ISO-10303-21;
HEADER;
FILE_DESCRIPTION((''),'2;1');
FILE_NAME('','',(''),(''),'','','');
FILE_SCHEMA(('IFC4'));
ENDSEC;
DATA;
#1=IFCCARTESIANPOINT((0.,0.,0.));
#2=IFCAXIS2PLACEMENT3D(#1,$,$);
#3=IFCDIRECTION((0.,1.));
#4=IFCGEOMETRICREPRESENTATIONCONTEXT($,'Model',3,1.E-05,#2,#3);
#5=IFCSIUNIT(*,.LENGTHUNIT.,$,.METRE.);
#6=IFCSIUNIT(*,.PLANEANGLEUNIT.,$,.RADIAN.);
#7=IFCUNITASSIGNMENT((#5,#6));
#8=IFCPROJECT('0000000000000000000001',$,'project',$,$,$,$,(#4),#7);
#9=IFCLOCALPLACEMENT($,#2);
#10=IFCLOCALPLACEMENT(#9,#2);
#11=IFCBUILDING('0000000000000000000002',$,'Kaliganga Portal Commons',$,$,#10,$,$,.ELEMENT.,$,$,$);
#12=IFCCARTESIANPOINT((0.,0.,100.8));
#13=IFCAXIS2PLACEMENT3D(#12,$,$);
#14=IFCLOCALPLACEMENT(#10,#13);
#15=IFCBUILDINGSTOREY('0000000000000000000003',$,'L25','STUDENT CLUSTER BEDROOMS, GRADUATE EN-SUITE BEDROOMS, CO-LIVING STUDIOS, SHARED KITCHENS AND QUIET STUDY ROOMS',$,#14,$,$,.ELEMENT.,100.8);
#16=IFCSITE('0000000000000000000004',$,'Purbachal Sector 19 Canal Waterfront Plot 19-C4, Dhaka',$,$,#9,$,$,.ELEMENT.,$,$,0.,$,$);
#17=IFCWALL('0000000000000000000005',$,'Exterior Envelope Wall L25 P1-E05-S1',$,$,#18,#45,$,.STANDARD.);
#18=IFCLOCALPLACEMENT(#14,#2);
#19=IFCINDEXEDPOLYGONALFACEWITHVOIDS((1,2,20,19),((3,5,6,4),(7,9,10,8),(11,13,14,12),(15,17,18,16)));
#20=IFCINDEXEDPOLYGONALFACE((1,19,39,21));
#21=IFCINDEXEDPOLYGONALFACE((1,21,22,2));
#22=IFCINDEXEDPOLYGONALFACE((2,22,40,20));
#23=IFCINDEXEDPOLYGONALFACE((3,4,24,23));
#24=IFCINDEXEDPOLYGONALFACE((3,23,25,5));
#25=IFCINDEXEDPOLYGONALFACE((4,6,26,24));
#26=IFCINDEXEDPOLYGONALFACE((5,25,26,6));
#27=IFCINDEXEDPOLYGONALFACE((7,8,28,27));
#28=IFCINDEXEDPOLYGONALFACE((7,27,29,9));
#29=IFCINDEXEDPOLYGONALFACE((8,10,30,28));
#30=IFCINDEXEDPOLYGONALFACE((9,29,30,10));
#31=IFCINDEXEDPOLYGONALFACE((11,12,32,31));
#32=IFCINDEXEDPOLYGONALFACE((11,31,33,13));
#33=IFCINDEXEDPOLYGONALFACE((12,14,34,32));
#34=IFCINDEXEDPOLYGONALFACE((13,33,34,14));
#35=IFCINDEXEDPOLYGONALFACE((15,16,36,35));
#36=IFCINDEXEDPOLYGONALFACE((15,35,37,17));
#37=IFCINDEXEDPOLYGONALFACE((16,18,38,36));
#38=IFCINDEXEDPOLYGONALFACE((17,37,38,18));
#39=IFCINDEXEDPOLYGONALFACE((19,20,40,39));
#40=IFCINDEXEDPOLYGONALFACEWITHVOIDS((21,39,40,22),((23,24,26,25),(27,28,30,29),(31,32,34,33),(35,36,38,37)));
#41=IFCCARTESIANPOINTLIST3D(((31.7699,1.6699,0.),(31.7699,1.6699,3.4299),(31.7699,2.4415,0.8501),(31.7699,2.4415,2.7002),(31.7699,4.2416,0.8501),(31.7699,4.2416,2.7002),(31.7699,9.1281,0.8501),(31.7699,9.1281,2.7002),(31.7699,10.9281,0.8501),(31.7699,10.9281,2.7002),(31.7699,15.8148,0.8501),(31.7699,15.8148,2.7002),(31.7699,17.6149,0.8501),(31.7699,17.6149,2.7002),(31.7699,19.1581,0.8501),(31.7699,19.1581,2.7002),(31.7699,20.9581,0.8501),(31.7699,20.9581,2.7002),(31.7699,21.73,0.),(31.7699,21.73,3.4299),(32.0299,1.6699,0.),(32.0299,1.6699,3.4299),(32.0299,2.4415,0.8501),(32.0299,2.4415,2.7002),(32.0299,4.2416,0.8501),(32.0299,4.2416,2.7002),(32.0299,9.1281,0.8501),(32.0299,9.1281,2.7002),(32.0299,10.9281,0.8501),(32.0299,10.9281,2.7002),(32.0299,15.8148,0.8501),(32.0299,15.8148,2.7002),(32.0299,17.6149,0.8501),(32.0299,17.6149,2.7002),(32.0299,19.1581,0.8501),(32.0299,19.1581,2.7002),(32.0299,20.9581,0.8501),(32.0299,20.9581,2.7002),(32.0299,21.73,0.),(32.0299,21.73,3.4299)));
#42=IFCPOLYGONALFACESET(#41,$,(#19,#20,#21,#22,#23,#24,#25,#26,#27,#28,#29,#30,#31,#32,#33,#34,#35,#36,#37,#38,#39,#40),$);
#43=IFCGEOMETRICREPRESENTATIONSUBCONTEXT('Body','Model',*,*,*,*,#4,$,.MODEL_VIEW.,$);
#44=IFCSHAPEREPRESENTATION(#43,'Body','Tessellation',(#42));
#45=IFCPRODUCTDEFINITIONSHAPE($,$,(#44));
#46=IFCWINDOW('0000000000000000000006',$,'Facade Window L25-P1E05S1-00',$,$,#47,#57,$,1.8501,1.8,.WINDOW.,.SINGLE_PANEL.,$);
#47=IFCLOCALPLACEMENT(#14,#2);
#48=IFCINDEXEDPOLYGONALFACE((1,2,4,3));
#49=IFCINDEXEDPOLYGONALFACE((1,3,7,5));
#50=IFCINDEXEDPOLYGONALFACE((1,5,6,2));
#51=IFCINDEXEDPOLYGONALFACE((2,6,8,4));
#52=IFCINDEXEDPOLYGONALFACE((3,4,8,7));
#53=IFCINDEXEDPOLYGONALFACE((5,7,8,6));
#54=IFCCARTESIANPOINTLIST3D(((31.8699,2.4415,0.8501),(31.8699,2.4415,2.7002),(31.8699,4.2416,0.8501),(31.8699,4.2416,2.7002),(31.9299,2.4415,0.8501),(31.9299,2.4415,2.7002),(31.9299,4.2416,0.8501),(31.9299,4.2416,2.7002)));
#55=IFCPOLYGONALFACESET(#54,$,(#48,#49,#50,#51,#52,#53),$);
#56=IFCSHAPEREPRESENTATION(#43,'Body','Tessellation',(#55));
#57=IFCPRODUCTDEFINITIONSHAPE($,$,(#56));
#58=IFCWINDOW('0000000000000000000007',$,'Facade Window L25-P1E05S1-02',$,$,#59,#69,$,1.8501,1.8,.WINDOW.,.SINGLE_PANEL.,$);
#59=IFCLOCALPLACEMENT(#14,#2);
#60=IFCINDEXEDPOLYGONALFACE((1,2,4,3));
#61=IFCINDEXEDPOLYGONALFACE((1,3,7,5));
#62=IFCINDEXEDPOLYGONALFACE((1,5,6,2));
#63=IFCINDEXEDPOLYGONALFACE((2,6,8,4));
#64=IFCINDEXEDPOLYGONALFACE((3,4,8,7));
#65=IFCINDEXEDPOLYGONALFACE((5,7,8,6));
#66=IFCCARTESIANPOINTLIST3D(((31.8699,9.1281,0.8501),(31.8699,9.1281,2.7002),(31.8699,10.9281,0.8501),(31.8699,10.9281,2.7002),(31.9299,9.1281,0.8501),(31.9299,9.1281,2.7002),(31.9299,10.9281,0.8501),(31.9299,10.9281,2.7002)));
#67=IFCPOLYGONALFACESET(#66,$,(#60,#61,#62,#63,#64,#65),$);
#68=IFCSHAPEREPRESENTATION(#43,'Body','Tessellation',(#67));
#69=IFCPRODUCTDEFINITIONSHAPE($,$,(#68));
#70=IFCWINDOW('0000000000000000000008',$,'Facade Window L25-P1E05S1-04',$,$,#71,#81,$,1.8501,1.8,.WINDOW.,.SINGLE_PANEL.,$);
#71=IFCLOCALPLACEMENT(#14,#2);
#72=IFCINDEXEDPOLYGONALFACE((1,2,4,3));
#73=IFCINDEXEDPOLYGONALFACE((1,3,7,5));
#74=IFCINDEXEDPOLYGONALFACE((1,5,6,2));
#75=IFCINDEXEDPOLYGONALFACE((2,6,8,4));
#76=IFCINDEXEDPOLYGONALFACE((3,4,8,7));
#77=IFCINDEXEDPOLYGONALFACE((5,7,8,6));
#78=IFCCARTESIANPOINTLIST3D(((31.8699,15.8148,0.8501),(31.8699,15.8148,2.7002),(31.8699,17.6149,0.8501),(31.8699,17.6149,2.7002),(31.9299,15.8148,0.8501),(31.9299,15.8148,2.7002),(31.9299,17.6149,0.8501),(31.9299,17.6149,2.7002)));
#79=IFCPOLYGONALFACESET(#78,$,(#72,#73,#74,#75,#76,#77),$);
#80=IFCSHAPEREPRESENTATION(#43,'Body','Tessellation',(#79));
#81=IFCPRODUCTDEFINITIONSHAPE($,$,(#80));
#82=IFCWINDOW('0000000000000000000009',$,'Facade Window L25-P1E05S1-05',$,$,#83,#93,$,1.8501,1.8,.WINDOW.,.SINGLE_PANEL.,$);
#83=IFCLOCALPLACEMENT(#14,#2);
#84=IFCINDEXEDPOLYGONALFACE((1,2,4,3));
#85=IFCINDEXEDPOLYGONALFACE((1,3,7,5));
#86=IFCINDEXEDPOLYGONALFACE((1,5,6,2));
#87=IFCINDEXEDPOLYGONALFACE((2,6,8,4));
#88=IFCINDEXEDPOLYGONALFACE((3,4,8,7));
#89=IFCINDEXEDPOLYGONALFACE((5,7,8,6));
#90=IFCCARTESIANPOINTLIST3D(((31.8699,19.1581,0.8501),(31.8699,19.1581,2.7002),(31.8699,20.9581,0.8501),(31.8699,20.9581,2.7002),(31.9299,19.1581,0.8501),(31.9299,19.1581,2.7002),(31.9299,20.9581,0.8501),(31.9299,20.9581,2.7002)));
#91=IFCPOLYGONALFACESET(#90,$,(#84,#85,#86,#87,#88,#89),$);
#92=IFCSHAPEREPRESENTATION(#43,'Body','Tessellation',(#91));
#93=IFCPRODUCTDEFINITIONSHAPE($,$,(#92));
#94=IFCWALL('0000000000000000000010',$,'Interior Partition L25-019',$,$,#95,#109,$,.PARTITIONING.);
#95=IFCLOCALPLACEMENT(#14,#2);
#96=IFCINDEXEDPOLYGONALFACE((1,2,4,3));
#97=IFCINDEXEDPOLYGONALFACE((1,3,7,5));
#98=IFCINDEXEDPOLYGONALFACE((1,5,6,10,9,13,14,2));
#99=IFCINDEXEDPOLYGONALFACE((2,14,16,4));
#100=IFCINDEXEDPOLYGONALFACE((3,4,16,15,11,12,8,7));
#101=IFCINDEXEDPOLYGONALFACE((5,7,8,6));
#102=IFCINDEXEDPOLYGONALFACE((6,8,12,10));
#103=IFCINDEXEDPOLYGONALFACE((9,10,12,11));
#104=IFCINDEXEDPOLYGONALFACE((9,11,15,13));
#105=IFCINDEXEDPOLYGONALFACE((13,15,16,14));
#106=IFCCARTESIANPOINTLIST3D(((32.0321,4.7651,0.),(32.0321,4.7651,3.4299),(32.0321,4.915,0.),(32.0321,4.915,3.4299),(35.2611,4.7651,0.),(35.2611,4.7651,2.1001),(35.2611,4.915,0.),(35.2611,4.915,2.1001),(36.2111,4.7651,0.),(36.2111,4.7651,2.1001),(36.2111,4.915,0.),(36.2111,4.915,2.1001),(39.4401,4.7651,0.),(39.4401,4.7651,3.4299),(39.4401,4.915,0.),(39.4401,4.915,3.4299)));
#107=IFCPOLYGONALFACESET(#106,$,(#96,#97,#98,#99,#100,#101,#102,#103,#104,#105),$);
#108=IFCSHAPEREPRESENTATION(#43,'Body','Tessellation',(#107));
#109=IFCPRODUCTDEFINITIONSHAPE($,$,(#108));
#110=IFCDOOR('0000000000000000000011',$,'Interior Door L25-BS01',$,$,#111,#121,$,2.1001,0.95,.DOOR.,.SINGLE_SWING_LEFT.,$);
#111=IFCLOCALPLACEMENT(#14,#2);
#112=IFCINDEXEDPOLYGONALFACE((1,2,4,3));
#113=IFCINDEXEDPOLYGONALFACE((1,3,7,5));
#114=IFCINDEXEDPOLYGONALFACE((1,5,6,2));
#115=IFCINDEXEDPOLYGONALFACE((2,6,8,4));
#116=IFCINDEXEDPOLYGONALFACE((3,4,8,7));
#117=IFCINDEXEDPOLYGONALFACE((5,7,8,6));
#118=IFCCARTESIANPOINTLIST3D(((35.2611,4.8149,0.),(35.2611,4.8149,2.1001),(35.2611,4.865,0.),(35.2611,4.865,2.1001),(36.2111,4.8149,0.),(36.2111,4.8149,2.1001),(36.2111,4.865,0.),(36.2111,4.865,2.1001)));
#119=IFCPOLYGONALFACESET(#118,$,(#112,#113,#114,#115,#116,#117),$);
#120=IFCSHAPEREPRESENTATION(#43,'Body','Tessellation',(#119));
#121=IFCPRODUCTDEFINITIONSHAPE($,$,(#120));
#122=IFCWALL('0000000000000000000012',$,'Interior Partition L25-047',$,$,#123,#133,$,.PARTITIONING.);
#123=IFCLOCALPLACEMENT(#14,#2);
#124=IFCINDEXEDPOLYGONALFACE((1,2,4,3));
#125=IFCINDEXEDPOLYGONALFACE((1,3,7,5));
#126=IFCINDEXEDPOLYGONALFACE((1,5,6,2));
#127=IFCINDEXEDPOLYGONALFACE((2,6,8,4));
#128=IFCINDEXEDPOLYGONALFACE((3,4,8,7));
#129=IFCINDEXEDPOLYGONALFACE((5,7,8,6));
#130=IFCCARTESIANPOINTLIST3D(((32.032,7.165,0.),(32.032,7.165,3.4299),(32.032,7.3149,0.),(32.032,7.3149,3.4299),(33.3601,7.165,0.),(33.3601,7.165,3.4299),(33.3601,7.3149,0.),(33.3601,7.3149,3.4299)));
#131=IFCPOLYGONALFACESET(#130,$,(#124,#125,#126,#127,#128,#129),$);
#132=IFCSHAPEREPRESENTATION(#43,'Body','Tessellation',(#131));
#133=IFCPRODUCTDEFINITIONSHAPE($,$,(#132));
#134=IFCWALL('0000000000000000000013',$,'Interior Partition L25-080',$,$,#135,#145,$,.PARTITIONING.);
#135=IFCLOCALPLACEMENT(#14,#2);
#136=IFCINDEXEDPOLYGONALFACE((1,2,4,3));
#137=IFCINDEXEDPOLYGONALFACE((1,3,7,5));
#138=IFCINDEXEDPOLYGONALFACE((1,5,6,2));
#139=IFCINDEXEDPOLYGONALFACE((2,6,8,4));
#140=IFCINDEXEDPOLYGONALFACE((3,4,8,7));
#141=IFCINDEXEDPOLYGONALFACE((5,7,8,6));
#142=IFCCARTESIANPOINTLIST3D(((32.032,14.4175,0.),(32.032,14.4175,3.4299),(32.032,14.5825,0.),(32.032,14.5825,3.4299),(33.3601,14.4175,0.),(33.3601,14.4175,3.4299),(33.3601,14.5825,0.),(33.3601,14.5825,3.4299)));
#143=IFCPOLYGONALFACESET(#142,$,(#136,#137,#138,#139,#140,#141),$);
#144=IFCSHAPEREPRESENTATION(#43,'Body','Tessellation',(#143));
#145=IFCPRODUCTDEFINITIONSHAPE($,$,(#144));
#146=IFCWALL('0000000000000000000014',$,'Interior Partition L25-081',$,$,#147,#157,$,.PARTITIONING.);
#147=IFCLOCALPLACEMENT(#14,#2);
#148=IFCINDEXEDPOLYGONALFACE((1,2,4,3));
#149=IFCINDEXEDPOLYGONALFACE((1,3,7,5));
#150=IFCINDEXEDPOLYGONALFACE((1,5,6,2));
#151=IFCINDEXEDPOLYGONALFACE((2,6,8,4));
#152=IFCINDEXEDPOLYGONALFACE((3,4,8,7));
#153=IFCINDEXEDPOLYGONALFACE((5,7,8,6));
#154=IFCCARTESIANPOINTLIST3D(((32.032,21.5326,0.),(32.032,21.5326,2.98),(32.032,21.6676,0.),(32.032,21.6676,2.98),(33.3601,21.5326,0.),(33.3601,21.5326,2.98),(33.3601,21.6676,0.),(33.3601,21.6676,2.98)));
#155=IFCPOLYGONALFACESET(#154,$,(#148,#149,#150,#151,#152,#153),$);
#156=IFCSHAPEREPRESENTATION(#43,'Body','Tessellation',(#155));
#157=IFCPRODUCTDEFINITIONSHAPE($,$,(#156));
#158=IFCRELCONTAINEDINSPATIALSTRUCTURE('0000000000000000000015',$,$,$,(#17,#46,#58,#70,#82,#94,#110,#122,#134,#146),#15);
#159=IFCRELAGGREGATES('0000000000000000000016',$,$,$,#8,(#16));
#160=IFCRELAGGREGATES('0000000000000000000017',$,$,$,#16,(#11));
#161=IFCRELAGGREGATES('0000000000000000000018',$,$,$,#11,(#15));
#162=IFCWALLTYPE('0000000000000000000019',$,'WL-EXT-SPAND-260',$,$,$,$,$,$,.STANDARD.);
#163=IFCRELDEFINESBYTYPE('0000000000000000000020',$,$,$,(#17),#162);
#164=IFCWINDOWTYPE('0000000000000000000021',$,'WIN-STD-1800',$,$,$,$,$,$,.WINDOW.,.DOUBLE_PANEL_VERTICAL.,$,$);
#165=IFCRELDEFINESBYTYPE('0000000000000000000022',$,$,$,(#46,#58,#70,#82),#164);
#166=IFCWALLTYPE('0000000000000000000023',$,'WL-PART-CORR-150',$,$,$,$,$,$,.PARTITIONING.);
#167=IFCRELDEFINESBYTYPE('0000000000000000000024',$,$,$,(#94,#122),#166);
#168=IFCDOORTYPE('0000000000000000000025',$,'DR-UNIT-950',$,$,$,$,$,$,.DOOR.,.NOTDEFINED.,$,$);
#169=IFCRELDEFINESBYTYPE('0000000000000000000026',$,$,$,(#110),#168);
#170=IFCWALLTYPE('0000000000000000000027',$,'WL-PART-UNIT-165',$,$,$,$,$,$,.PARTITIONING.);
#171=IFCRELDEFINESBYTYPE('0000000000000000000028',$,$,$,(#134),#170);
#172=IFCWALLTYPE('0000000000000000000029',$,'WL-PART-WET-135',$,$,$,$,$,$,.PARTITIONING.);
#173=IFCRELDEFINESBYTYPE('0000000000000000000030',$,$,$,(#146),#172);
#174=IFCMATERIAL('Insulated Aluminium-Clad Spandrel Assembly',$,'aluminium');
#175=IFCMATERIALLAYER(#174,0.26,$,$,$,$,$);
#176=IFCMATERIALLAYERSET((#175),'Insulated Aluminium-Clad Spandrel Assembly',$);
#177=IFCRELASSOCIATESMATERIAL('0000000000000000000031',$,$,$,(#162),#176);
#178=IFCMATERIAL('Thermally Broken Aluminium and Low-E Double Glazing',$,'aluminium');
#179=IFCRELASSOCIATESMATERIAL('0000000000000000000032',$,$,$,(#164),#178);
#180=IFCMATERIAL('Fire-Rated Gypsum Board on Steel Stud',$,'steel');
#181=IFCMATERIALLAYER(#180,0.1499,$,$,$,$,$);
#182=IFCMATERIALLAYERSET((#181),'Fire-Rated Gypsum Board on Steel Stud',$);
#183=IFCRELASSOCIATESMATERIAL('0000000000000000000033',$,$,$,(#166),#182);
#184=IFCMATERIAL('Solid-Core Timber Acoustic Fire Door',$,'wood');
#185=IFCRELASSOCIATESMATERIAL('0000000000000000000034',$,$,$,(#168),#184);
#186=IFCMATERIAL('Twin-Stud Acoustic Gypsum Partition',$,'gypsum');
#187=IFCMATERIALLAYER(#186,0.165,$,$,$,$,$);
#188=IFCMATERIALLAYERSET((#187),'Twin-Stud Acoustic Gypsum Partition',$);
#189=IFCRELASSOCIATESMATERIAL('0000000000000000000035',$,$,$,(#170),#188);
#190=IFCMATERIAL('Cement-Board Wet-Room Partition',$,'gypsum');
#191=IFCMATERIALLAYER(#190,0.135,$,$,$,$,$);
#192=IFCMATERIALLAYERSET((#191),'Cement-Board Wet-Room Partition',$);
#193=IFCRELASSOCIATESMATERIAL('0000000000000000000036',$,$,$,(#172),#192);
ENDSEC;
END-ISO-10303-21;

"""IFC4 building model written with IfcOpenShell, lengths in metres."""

from ifc_helpers import new_model, si_unit, direction, frame, frame_2d, origin, place, context, subcontext, project, spatial, rectangle, extrude, material, layer, layer_set, type_object, element, fill, save


model = new_model("IFC4")

# Units and contexts
model_context = context("Model", 3, precision=1e-05, world=origin(), true_north=direction((0.0, 1.0)))
body_context = subcontext(model_context, "Body", "Model", "MODEL_VIEW")
ifc_project = project(units=[si_unit("LENGTHUNIT", "METRE"), si_unit("PLANEANGLEUNIT", "RADIAN")], contexts=[model_context])

# Site, building, storey
site_placement = place(None, origin())
site = spatial("IfcSite", under=ifc_project, at=site_placement, Name="Purbachal Sector 19 Canal Waterfront Plot 19-C4, Dhaka", CompositionType="ELEMENT", RefElevation=0.0)
building_placement = place(site_placement, origin())
building = spatial("IfcBuilding", under=site, at=building_placement, Name="Kaliganga Portal Commons", CompositionType="ELEMENT")
storey_placement = place(building_placement, frame((0.0, 0.0, 100.8)))
storey = spatial("IfcBuildingStorey", under=building, at=storey_placement, Name="L25", Description="STUDENT CLUSTER BEDROOMS, GRADUATE EN-SUITE BEDROOMS, CO-LIVING STUDIOS, SHARED KITCHENS AND QUIET STUDY ROOMS", CompositionType="ELEMENT", Elevation=100.8)

# Shared definitions
ifc_material_1 = material(Name="Insulated Aluminium-Clad Spandrel Assembly", Category="aluminium")
ifc_layer_1 = layer(ifc_material_1, 0.26)
ifc_layer_set_1 = layer_set([ifc_layer_1], Name="Insulated Aluminium-Clad Spandrel Assembly")
wall_type_1 = type_object("IfcWallType", Name="WL-EXT-SPAND-260", PredefinedType="STANDARD", material=ifc_layer_set_1)
ifc_material_2 = material(Name="Thermally Broken Aluminium and Low-E Double Glazing", Category="aluminium")

# Wall, openings, windows
wall_1_placement = place(storey_placement, frame((31.8999, 1.6699, 0.0), z_axis=(0.0, 0.0, 1.0), x_axis=(0.0, 1.0, 0.0)))
wall_1 = element("IfcWall", 1, at=wall_1_placement, inside=storey, type_object=wall_type_1, Name="Exterior Envelope Wall L25 P1-E05-S1", PredefinedType="STANDARD", context=body_context, shape_type="SweptSolid", body=[
    extrude(rectangle(XDim=20.0601, YDim=0.26, at=frame_2d((10.03, 0.0))), origin(), (0.0, 0.0, 1.0), 3.4299),
])
opening_1_placement = place(wall_1_placement, frame((0.7717, 0.0, 0.8501)))
opening_1 = element("IfcOpeningElement", 2, at=opening_1_placement, cuts=wall_1, PredefinedType="OPENING", context=body_context, shape_type="SweptSolid", body=[
    extrude(rectangle(XDim=1.8, YDim=1.8501, at=frame_2d((0.8999, 0.925))), frame((0.0, 0.1401, 0.0), z_axis=(0.0, -1.0, 0.0), x_axis=(1.0, 0.0, 0.0)), (0.0, 0.0, 1.0), 0.28),
])
opening_2_placement = place(wall_1_placement, frame((7.4583, 0.0, 0.8501)))
opening_2 = element("IfcOpeningElement", 3, at=opening_2_placement, cuts=wall_1, PredefinedType="OPENING", context=body_context, shape_type="SweptSolid", body=[
    extrude(rectangle(XDim=1.8, YDim=1.8501, at=frame_2d((0.8999, 0.925))), frame((0.0, 0.1401, 0.0), z_axis=(0.0, -1.0, 0.0), x_axis=(1.0, 0.0, 0.0)), (0.0, 0.0, 1.0), 0.28),
])
opening_3_placement = place(wall_1_placement, frame((14.145, 0.0, 0.8501)))
opening_3 = element("IfcOpeningElement", 4, at=opening_3_placement, cuts=wall_1, PredefinedType="OPENING", context=body_context, shape_type="SweptSolid", body=[
    extrude(rectangle(XDim=1.8, YDim=1.8501, at=frame_2d((0.8999, 0.925))), frame((0.0, 0.1401, 0.0), z_axis=(0.0, -1.0, 0.0), x_axis=(1.0, 0.0, 0.0)), (0.0, 0.0, 1.0), 0.28),
])
opening_4_placement = place(wall_1_placement, frame((17.4883, 0.0, 0.8501)))
opening_4 = element("IfcOpeningElement", 5, at=opening_4_placement, cuts=wall_1, PredefinedType="OPENING", context=body_context, shape_type="SweptSolid", body=[
    extrude(rectangle(XDim=1.8, YDim=1.8501, at=frame_2d((0.8999, 0.925))), frame((0.0, 0.1401, 0.0), z_axis=(0.0, -1.0, 0.0), x_axis=(1.0, 0.0, 0.0)), (0.0, 0.0, 1.0), 0.28),
])
window_type_1 = type_object("IfcWindowType", Name="WIN-STD-1800", PartitioningType="DOUBLE_PANEL_VERTICAL", PredefinedType="WINDOW", material=ifc_material_2)
window_1_placement = place(opening_1_placement, origin())
window_1 = element("IfcWindow", 6, at=window_1_placement, inside=storey, type_object=window_type_1, Name="Facade Window L25-P1E05S1-00", OverallHeight=1.8501, OverallWidth=1.8, PartitioningType="SINGLE_PANEL", PredefinedType="WINDOW", context=body_context, shape_type="SweptSolid", body=[
    extrude(rectangle(XDim=1.8, YDim=1.8501, at=frame_2d((0.8999, 0.925))), frame((0.0, 0.03, 0.0), z_axis=(0.0, -1.0, 0.0), x_axis=(1.0, 0.0, 0.0)), (0.0, 0.0, 1.0), 0.0601),
])
fill(opening_1, window_1)
window_2_placement = place(opening_2_placement, origin())
window_2 = element("IfcWindow", 7, at=window_2_placement, inside=storey, type_object=window_type_1, Name="Facade Window L25-P1E05S1-02", OverallHeight=1.8501, OverallWidth=1.8, PartitioningType="SINGLE_PANEL", PredefinedType="WINDOW", context=body_context, shape_type="SweptSolid", body=[
    extrude(rectangle(XDim=1.8, YDim=1.8501, at=frame_2d((0.8999, 0.925))), frame((0.0, 0.03, 0.0), z_axis=(0.0, -1.0, 0.0), x_axis=(1.0, 0.0, 0.0)), (0.0, 0.0, 1.0), 0.0601),
])
fill(opening_2, window_2)
window_3_placement = place(opening_3_placement, origin())
window_3 = element("IfcWindow", 8, at=window_3_placement, inside=storey, type_object=window_type_1, Name="Facade Window L25-P1E05S1-04", OverallHeight=1.8501, OverallWidth=1.8, PartitioningType="SINGLE_PANEL", PredefinedType="WINDOW", context=body_context, shape_type="SweptSolid", body=[
    extrude(rectangle(XDim=1.8, YDim=1.8501, at=frame_2d((0.8999, 0.925))), frame((0.0, 0.03, 0.0), z_axis=(0.0, -1.0, 0.0), x_axis=(1.0, 0.0, 0.0)), (0.0, 0.0, 1.0), 0.0601),
])
fill(opening_3, window_3)
window_4_placement = place(opening_4_placement, origin())
window_4 = element("IfcWindow", 9, at=window_4_placement, inside=storey, type_object=window_type_1, Name="Facade Window L25-P1E05S1-05", OverallHeight=1.8501, OverallWidth=1.8, PartitioningType="SINGLE_PANEL", PredefinedType="WINDOW", context=body_context, shape_type="SweptSolid", body=[
    extrude(rectangle(XDim=1.8, YDim=1.8501, at=frame_2d((0.8999, 0.925))), frame((0.0, 0.03, 0.0), z_axis=(0.0, -1.0, 0.0), x_axis=(1.0, 0.0, 0.0)), (0.0, 0.0, 1.0), 0.0601),
])
fill(opening_4, window_4)

# Wall, opening, door
ifc_material_3 = material(Name="Fire-Rated Gypsum Board on Steel Stud", Category="steel")
ifc_layer_2 = layer(ifc_material_3, 0.1499)
ifc_layer_set_2 = layer_set([ifc_layer_2], Name="Fire-Rated Gypsum Board on Steel Stud")
wall_type_2 = type_object("IfcWallType", Name="WL-PART-CORR-150", PredefinedType="PARTITIONING", material=ifc_layer_set_2)
wall_2_placement = place(storey_placement, frame((32.032, 4.8401, 0.0), z_axis=(0.0, 0.0, 1.0), x_axis=(1.0, 0.0, 0.0)))
wall_2 = element("IfcWall", 10, at=wall_2_placement, inside=storey, type_object=wall_type_2, Name="Interior Partition L25-019", PredefinedType="PARTITIONING", context=body_context, shape_type="SweptSolid", body=[
    extrude(rectangle(XDim=7.408, YDim=0.1499, at=frame_2d((3.7041, 0.0))), origin(), (0.0, 0.0, 1.0), 3.4299),
])
opening_5_placement = place(wall_2_placement, frame((3.229, 0.0, 0.0)))
opening_5 = element("IfcOpeningElement", 11, at=opening_5_placement, cuts=wall_2, PredefinedType="OPENING", context=body_context, shape_type="SweptSolid", body=[
    extrude(rectangle(XDim=0.95, YDim=2.1001, at=frame_2d((0.4751, 1.05))), frame((0.0, 0.085, 0.0), z_axis=(0.0, -1.0, 0.0), x_axis=(1.0, 0.0, 0.0)), (0.0, 0.0, 1.0), 0.1699),
])
ifc_material_4 = material(Name="Solid-Core Timber Acoustic Fire Door", Category="wood")
door_type = type_object("IfcDoorType", Name="DR-UNIT-950", OperationType="NOTDEFINED", PredefinedType="DOOR", material=ifc_material_4)
door_placement = place(opening_5_placement, origin())
door = element("IfcDoor", 12, at=door_placement, inside=storey, type_object=door_type, Name="Interior Door L25-BS01", OperationType="SINGLE_SWING_LEFT", OverallHeight=2.1001, OverallWidth=0.95, PredefinedType="DOOR", context=body_context, shape_type="SweptSolid", body=[
    extrude(rectangle(XDim=0.95, YDim=2.1001, at=frame_2d((0.4751, 1.05))), frame((0.0, 0.0249, 0.0), z_axis=(0.0, -1.0, 0.0), x_axis=(1.0, 0.0, 0.0)), (0.0, 0.0, 1.0), 0.05),
])
fill(opening_5, door)

# Walls
wall_3_placement = place(storey_placement, frame((32.032, 7.24, 0.0), z_axis=(0.0, 0.0, 1.0), x_axis=(1.0, 0.0, 0.0)))
element("IfcWall", 13, at=wall_3_placement, inside=storey, type_object=wall_type_2, Name="Interior Partition L25-047", PredefinedType="PARTITIONING", context=body_context, shape_type="SweptSolid", body=[
    extrude(rectangle(XDim=1.3281, YDim=0.1499, at=frame_2d((0.6641, 0.0))), origin(), (0.0, 0.0, 1.0), 3.4299),
])
ifc_material_5 = material(Name="Twin-Stud Acoustic Gypsum Partition", Category="gypsum")
ifc_layer_3 = layer(ifc_material_5, 0.165)
ifc_layer_set_3 = layer_set([ifc_layer_3], Name="Twin-Stud Acoustic Gypsum Partition")
wall_type_3 = type_object("IfcWallType", Name="WL-PART-UNIT-165", PredefinedType="PARTITIONING", material=ifc_layer_set_3)
wall_4_placement = place(storey_placement, frame((32.032, 14.5, 0.0), z_axis=(0.0, 0.0, 1.0), x_axis=(1.0, 0.0, 0.0)))
element("IfcWall", 14, at=wall_4_placement, inside=storey, type_object=wall_type_3, Name="Interior Partition L25-080", PredefinedType="PARTITIONING", context=body_context, shape_type="SweptSolid", body=[
    extrude(rectangle(XDim=1.3281, YDim=0.165, at=frame_2d((0.6641, 0.0))), origin(), (0.0, 0.0, 1.0), 3.4299),
])
ifc_material_6 = material(Name="Cement-Board Wet-Room Partition", Category="gypsum")
ifc_layer_4 = layer(ifc_material_6, 0.135)
ifc_layer_set_4 = layer_set([ifc_layer_4], Name="Cement-Board Wet-Room Partition")
wall_type_4 = type_object("IfcWallType", Name="WL-PART-WET-135", PredefinedType="PARTITIONING", material=ifc_layer_set_4)
wall_5_placement = place(storey_placement, frame((32.032, 21.6001, 0.0), z_axis=(0.0, 0.0, 1.0), x_axis=(1.0, 0.0, 0.0)))
element("IfcWall", 15, at=wall_5_placement, inside=storey, type_object=wall_type_4, Name="Interior Partition L25-081", PredefinedType="PARTITIONING", context=body_context, shape_type="SweptSolid", body=[
    extrude(rectangle(XDim=1.3281, YDim=0.135, at=frame_2d((0.6641, 0.0))), origin(), (0.0, 0.0, 1.0), 2.98),
])

save(model, "model.ifc")
